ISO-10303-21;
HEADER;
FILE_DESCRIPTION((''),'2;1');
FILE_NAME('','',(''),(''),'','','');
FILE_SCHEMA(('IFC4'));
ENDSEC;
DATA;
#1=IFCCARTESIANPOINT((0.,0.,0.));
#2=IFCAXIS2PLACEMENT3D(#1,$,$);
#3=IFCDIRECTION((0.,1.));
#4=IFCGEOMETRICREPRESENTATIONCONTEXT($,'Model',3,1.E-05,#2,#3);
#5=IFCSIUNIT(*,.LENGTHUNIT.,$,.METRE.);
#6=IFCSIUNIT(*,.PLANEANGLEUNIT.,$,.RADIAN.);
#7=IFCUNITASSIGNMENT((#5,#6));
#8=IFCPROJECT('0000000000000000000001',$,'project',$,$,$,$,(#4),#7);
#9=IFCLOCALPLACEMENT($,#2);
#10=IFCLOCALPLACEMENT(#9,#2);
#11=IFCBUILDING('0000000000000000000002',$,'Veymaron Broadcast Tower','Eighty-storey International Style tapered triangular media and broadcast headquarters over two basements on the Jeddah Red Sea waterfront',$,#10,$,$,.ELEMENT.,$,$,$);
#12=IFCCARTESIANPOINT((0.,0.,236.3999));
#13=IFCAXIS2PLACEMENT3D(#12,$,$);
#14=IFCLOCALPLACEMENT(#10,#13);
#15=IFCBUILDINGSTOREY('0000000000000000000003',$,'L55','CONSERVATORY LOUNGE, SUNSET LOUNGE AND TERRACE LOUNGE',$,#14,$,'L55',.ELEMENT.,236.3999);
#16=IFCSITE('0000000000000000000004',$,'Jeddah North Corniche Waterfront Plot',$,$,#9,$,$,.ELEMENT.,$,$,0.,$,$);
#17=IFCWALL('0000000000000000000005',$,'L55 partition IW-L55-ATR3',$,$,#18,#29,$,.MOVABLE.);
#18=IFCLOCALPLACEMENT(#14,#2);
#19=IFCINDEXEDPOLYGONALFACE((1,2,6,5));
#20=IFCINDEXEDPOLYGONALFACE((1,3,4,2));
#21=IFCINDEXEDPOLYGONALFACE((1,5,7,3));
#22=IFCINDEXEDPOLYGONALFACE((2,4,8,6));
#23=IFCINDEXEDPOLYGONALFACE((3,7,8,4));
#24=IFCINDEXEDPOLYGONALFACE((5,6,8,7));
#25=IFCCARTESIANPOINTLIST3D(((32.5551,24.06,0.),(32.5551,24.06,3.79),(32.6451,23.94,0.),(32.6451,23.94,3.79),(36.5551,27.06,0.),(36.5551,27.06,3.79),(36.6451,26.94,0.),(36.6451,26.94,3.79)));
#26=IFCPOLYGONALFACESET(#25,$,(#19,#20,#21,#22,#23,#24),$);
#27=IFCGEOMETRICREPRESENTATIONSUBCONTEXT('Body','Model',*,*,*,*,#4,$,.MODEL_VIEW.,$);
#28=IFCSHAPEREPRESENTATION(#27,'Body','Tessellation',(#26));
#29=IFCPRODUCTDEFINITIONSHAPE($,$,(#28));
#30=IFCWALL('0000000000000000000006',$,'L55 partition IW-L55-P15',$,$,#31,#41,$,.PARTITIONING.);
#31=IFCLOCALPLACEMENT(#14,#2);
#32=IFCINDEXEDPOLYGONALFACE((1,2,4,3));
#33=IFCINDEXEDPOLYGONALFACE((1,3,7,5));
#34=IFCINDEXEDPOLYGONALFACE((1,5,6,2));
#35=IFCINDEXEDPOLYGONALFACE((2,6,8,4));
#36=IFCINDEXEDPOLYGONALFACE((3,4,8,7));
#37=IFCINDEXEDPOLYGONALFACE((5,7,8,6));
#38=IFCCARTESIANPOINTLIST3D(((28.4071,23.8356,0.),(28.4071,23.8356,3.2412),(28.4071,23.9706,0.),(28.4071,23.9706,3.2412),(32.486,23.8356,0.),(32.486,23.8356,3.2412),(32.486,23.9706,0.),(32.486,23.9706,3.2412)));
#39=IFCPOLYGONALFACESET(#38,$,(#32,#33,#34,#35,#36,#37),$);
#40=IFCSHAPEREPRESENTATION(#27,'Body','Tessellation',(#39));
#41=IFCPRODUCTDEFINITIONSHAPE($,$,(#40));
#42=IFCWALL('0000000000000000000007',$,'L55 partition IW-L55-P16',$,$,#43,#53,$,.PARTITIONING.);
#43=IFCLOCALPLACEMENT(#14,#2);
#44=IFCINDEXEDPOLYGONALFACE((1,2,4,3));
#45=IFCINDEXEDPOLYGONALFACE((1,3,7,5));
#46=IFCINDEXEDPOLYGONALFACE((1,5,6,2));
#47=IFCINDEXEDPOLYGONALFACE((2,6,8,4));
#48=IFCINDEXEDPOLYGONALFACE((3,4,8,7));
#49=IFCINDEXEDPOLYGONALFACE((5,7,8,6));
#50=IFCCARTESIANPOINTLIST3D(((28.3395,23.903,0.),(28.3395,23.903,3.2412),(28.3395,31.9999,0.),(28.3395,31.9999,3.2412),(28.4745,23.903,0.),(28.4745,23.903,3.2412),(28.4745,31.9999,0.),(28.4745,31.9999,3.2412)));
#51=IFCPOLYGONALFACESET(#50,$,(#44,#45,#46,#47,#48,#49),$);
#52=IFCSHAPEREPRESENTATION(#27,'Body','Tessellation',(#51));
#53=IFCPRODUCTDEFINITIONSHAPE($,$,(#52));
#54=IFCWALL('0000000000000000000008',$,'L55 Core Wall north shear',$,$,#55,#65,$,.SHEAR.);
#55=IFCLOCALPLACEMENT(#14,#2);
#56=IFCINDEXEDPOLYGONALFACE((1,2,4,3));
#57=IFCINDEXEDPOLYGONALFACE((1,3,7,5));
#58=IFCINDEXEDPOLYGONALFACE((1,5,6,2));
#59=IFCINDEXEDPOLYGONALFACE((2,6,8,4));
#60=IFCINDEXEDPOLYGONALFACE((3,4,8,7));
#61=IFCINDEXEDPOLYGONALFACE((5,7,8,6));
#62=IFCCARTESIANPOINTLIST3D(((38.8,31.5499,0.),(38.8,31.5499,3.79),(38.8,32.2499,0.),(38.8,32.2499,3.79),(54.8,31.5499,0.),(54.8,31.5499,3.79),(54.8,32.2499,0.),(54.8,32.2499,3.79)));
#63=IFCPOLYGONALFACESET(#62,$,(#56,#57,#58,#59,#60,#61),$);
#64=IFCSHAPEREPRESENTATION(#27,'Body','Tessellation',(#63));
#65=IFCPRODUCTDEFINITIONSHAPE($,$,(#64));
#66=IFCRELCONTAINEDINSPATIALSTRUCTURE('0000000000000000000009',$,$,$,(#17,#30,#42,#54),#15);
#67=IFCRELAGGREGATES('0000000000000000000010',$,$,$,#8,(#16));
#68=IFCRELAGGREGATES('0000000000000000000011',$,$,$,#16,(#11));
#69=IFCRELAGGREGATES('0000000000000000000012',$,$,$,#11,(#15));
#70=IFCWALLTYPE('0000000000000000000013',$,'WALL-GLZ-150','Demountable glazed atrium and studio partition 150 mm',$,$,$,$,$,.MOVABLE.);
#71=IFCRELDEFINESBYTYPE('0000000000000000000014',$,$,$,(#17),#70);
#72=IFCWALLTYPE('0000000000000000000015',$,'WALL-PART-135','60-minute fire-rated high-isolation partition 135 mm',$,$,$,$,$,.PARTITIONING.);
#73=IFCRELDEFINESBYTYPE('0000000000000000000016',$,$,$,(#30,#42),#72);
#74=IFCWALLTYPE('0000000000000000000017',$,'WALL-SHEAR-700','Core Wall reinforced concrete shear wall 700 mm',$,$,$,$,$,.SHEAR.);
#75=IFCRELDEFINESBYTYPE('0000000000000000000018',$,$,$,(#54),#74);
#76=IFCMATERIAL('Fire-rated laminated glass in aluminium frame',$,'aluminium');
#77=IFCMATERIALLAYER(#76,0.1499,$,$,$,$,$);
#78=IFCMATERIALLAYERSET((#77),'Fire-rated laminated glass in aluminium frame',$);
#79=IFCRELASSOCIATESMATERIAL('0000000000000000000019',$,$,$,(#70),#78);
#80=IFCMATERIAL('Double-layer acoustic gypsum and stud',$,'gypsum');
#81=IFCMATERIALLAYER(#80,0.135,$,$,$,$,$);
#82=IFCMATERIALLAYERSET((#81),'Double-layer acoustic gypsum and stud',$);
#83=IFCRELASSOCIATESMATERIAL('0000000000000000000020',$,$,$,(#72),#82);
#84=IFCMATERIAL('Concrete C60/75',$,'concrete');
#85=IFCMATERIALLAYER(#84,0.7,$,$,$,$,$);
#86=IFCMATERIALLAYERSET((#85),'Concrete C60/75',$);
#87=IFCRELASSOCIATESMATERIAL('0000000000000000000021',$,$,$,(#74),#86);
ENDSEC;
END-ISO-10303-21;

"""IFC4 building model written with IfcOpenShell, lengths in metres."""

from ifc_helpers import new_model, si_unit, direction, frame, frame_2d, origin, place, context, subcontext, project, spatial, rectangle, extrude, material, layer, layer_set, type_object, element, save


model = new_model("IFC4")

# Units and contexts
model_context = context("Model", 3, precision=1e-05, world=origin(), true_north=direction((0.0, 1.0)))
body_context = subcontext(model_context, "Body", "Model", "MODEL_VIEW")
ifc_project = project(units=[si_unit("LENGTHUNIT", "METRE"), si_unit("PLANEANGLEUNIT", "RADIAN")], contexts=[model_context])

# Site, building, storey
site_placement = place(None, origin())
site = spatial("IfcSite", under=ifc_project, at=site_placement, Name="Jeddah North Corniche Waterfront Plot", CompositionType="ELEMENT", RefElevation=0.0)
building_placement = place(site_placement, origin())
building = spatial("IfcBuilding", under=site, at=building_placement, Name="Veymaron Broadcast Tower", Description="Eighty-storey International Style tapered triangular media and broadcast headquarters over two basements on the Jeddah Red Sea waterfront", CompositionType="ELEMENT")
storey_placement = place(building_placement, frame((0.0, 0.0, 236.3999)))
storey = spatial("IfcBuildingStorey", under=building, at=storey_placement, Name="L55", Description="CONSERVATORY LOUNGE, SUNSET LOUNGE AND TERRACE LOUNGE", LongName="L55", CompositionType="ELEMENT", Elevation=236.3999)

# Walls
ifc_material_1 = material(Name="Fire-rated laminated glass in aluminium frame", Category="aluminium")
ifc_layer_1 = layer(ifc_material_1, 0.1499)
ifc_layer_set_1 = layer_set([ifc_layer_1], Name="Fire-rated laminated glass in aluminium frame")
wall_type_1 = type_object("IfcWallType", Name="WALL-GLZ-150", Description="Demountable glazed atrium and studio partition 150 mm", PredefinedType="MOVABLE", material=ifc_layer_set_1)
for number, where, z_axis, x_axis, name in (
    (1, (36.6001, 27.0, 0.0), (0.0, 0.0, 1.0), (-0.8, -0.6, 0.0), "L55 partition IW-L55-ATR3"),
):
    element("IfcWall", number, at=place(storey_placement, frame(where, z_axis=z_axis, x_axis=x_axis)), inside=storey, type_object=wall_type_1, Name=name, PredefinedType="MOVABLE", context=body_context, shape_type="SweptSolid", body=[
        extrude(rectangle(XDim=5.0, YDim=0.1499, at=frame_2d((2.5, 0.0))), origin(), (0.0, 0.0, 1.0), 3.79),
    ])
ifc_material_2 = material(Name="Double-layer acoustic gypsum and stud", Category="gypsum")
ifc_layer_2 = layer(ifc_material_2, 0.135)
ifc_layer_set_2 = layer_set([ifc_layer_2], Name="Double-layer acoustic gypsum and stud")
wall_type_2 = type_object("IfcWallType", Name="WALL-PART-135", Description="60-minute fire-rated high-isolation partition 135 mm", PredefinedType="PARTITIONING", material=ifc_layer_set_2)
wall_1_placement = place(storey_placement, frame((28.407, 23.9031, 0.0), z_axis=(0.0, 0.0, 1.0), x_axis=(1.0, 0.0, 0.0)))
element("IfcWall", 2, at=wall_1_placement, inside=storey, type_object=wall_type_2, Name="L55 partition IW-L55-P15", PredefinedType="PARTITIONING", context=body_context, shape_type="SweptSolid", body=[
    extrude(rectangle(XDim=4.0789, YDim=0.135, at=frame_2d((2.0396, 0.0))), origin(), (0.0, 0.0, 1.0), 3.2412),
])
wall_2_placement = place(storey_placement, frame((28.407, 23.9031, 0.0), z_axis=(0.0, 0.0, 1.0), x_axis=(0.0, 1.0, 0.0)))
element("IfcWall", 3, at=wall_2_placement, inside=storey, type_object=wall_type_2, Name="L55 partition IW-L55-P16", PredefinedType="PARTITIONING", context=body_context, shape_type="SweptSolid", body=[
    extrude(rectangle(XDim=8.0969, YDim=0.135, at=frame_2d((4.0483, 0.0))), origin(), (0.0, 0.0, 1.0), 3.2412),
])
ifc_material_3 = material(Name="Concrete C60/75", Category="concrete")
ifc_layer_3 = layer(ifc_material_3, 0.7)
ifc_layer_set_3 = layer_set([ifc_layer_3], Name="Concrete C60/75")
wall_type_3 = type_object("IfcWallType", Name="WALL-SHEAR-700", Description="Core Wall reinforced concrete shear wall 700 mm", PredefinedType="SHEAR", material=ifc_layer_set_3)
wall_3_placement = place(storey_placement, frame((38.8, 31.8999, 0.0), z_axis=(0.0, 0.0, 1.0), x_axis=(1.0, 0.0, 0.0)))
element("IfcWall", 4, at=wall_3_placement, inside=storey, type_object=wall_type_3, Name="L55 Core Wall north shear", PredefinedType="SHEAR", context=body_context, shape_type="SweptSolid", body=[
    extrude(rectangle(XDim=16.0, YDim=0.7, at=frame_2d((8.0, 0.0))), origin(), (0.0, 0.0, 1.0), 3.79),
])

save(model, "model.ifc")
